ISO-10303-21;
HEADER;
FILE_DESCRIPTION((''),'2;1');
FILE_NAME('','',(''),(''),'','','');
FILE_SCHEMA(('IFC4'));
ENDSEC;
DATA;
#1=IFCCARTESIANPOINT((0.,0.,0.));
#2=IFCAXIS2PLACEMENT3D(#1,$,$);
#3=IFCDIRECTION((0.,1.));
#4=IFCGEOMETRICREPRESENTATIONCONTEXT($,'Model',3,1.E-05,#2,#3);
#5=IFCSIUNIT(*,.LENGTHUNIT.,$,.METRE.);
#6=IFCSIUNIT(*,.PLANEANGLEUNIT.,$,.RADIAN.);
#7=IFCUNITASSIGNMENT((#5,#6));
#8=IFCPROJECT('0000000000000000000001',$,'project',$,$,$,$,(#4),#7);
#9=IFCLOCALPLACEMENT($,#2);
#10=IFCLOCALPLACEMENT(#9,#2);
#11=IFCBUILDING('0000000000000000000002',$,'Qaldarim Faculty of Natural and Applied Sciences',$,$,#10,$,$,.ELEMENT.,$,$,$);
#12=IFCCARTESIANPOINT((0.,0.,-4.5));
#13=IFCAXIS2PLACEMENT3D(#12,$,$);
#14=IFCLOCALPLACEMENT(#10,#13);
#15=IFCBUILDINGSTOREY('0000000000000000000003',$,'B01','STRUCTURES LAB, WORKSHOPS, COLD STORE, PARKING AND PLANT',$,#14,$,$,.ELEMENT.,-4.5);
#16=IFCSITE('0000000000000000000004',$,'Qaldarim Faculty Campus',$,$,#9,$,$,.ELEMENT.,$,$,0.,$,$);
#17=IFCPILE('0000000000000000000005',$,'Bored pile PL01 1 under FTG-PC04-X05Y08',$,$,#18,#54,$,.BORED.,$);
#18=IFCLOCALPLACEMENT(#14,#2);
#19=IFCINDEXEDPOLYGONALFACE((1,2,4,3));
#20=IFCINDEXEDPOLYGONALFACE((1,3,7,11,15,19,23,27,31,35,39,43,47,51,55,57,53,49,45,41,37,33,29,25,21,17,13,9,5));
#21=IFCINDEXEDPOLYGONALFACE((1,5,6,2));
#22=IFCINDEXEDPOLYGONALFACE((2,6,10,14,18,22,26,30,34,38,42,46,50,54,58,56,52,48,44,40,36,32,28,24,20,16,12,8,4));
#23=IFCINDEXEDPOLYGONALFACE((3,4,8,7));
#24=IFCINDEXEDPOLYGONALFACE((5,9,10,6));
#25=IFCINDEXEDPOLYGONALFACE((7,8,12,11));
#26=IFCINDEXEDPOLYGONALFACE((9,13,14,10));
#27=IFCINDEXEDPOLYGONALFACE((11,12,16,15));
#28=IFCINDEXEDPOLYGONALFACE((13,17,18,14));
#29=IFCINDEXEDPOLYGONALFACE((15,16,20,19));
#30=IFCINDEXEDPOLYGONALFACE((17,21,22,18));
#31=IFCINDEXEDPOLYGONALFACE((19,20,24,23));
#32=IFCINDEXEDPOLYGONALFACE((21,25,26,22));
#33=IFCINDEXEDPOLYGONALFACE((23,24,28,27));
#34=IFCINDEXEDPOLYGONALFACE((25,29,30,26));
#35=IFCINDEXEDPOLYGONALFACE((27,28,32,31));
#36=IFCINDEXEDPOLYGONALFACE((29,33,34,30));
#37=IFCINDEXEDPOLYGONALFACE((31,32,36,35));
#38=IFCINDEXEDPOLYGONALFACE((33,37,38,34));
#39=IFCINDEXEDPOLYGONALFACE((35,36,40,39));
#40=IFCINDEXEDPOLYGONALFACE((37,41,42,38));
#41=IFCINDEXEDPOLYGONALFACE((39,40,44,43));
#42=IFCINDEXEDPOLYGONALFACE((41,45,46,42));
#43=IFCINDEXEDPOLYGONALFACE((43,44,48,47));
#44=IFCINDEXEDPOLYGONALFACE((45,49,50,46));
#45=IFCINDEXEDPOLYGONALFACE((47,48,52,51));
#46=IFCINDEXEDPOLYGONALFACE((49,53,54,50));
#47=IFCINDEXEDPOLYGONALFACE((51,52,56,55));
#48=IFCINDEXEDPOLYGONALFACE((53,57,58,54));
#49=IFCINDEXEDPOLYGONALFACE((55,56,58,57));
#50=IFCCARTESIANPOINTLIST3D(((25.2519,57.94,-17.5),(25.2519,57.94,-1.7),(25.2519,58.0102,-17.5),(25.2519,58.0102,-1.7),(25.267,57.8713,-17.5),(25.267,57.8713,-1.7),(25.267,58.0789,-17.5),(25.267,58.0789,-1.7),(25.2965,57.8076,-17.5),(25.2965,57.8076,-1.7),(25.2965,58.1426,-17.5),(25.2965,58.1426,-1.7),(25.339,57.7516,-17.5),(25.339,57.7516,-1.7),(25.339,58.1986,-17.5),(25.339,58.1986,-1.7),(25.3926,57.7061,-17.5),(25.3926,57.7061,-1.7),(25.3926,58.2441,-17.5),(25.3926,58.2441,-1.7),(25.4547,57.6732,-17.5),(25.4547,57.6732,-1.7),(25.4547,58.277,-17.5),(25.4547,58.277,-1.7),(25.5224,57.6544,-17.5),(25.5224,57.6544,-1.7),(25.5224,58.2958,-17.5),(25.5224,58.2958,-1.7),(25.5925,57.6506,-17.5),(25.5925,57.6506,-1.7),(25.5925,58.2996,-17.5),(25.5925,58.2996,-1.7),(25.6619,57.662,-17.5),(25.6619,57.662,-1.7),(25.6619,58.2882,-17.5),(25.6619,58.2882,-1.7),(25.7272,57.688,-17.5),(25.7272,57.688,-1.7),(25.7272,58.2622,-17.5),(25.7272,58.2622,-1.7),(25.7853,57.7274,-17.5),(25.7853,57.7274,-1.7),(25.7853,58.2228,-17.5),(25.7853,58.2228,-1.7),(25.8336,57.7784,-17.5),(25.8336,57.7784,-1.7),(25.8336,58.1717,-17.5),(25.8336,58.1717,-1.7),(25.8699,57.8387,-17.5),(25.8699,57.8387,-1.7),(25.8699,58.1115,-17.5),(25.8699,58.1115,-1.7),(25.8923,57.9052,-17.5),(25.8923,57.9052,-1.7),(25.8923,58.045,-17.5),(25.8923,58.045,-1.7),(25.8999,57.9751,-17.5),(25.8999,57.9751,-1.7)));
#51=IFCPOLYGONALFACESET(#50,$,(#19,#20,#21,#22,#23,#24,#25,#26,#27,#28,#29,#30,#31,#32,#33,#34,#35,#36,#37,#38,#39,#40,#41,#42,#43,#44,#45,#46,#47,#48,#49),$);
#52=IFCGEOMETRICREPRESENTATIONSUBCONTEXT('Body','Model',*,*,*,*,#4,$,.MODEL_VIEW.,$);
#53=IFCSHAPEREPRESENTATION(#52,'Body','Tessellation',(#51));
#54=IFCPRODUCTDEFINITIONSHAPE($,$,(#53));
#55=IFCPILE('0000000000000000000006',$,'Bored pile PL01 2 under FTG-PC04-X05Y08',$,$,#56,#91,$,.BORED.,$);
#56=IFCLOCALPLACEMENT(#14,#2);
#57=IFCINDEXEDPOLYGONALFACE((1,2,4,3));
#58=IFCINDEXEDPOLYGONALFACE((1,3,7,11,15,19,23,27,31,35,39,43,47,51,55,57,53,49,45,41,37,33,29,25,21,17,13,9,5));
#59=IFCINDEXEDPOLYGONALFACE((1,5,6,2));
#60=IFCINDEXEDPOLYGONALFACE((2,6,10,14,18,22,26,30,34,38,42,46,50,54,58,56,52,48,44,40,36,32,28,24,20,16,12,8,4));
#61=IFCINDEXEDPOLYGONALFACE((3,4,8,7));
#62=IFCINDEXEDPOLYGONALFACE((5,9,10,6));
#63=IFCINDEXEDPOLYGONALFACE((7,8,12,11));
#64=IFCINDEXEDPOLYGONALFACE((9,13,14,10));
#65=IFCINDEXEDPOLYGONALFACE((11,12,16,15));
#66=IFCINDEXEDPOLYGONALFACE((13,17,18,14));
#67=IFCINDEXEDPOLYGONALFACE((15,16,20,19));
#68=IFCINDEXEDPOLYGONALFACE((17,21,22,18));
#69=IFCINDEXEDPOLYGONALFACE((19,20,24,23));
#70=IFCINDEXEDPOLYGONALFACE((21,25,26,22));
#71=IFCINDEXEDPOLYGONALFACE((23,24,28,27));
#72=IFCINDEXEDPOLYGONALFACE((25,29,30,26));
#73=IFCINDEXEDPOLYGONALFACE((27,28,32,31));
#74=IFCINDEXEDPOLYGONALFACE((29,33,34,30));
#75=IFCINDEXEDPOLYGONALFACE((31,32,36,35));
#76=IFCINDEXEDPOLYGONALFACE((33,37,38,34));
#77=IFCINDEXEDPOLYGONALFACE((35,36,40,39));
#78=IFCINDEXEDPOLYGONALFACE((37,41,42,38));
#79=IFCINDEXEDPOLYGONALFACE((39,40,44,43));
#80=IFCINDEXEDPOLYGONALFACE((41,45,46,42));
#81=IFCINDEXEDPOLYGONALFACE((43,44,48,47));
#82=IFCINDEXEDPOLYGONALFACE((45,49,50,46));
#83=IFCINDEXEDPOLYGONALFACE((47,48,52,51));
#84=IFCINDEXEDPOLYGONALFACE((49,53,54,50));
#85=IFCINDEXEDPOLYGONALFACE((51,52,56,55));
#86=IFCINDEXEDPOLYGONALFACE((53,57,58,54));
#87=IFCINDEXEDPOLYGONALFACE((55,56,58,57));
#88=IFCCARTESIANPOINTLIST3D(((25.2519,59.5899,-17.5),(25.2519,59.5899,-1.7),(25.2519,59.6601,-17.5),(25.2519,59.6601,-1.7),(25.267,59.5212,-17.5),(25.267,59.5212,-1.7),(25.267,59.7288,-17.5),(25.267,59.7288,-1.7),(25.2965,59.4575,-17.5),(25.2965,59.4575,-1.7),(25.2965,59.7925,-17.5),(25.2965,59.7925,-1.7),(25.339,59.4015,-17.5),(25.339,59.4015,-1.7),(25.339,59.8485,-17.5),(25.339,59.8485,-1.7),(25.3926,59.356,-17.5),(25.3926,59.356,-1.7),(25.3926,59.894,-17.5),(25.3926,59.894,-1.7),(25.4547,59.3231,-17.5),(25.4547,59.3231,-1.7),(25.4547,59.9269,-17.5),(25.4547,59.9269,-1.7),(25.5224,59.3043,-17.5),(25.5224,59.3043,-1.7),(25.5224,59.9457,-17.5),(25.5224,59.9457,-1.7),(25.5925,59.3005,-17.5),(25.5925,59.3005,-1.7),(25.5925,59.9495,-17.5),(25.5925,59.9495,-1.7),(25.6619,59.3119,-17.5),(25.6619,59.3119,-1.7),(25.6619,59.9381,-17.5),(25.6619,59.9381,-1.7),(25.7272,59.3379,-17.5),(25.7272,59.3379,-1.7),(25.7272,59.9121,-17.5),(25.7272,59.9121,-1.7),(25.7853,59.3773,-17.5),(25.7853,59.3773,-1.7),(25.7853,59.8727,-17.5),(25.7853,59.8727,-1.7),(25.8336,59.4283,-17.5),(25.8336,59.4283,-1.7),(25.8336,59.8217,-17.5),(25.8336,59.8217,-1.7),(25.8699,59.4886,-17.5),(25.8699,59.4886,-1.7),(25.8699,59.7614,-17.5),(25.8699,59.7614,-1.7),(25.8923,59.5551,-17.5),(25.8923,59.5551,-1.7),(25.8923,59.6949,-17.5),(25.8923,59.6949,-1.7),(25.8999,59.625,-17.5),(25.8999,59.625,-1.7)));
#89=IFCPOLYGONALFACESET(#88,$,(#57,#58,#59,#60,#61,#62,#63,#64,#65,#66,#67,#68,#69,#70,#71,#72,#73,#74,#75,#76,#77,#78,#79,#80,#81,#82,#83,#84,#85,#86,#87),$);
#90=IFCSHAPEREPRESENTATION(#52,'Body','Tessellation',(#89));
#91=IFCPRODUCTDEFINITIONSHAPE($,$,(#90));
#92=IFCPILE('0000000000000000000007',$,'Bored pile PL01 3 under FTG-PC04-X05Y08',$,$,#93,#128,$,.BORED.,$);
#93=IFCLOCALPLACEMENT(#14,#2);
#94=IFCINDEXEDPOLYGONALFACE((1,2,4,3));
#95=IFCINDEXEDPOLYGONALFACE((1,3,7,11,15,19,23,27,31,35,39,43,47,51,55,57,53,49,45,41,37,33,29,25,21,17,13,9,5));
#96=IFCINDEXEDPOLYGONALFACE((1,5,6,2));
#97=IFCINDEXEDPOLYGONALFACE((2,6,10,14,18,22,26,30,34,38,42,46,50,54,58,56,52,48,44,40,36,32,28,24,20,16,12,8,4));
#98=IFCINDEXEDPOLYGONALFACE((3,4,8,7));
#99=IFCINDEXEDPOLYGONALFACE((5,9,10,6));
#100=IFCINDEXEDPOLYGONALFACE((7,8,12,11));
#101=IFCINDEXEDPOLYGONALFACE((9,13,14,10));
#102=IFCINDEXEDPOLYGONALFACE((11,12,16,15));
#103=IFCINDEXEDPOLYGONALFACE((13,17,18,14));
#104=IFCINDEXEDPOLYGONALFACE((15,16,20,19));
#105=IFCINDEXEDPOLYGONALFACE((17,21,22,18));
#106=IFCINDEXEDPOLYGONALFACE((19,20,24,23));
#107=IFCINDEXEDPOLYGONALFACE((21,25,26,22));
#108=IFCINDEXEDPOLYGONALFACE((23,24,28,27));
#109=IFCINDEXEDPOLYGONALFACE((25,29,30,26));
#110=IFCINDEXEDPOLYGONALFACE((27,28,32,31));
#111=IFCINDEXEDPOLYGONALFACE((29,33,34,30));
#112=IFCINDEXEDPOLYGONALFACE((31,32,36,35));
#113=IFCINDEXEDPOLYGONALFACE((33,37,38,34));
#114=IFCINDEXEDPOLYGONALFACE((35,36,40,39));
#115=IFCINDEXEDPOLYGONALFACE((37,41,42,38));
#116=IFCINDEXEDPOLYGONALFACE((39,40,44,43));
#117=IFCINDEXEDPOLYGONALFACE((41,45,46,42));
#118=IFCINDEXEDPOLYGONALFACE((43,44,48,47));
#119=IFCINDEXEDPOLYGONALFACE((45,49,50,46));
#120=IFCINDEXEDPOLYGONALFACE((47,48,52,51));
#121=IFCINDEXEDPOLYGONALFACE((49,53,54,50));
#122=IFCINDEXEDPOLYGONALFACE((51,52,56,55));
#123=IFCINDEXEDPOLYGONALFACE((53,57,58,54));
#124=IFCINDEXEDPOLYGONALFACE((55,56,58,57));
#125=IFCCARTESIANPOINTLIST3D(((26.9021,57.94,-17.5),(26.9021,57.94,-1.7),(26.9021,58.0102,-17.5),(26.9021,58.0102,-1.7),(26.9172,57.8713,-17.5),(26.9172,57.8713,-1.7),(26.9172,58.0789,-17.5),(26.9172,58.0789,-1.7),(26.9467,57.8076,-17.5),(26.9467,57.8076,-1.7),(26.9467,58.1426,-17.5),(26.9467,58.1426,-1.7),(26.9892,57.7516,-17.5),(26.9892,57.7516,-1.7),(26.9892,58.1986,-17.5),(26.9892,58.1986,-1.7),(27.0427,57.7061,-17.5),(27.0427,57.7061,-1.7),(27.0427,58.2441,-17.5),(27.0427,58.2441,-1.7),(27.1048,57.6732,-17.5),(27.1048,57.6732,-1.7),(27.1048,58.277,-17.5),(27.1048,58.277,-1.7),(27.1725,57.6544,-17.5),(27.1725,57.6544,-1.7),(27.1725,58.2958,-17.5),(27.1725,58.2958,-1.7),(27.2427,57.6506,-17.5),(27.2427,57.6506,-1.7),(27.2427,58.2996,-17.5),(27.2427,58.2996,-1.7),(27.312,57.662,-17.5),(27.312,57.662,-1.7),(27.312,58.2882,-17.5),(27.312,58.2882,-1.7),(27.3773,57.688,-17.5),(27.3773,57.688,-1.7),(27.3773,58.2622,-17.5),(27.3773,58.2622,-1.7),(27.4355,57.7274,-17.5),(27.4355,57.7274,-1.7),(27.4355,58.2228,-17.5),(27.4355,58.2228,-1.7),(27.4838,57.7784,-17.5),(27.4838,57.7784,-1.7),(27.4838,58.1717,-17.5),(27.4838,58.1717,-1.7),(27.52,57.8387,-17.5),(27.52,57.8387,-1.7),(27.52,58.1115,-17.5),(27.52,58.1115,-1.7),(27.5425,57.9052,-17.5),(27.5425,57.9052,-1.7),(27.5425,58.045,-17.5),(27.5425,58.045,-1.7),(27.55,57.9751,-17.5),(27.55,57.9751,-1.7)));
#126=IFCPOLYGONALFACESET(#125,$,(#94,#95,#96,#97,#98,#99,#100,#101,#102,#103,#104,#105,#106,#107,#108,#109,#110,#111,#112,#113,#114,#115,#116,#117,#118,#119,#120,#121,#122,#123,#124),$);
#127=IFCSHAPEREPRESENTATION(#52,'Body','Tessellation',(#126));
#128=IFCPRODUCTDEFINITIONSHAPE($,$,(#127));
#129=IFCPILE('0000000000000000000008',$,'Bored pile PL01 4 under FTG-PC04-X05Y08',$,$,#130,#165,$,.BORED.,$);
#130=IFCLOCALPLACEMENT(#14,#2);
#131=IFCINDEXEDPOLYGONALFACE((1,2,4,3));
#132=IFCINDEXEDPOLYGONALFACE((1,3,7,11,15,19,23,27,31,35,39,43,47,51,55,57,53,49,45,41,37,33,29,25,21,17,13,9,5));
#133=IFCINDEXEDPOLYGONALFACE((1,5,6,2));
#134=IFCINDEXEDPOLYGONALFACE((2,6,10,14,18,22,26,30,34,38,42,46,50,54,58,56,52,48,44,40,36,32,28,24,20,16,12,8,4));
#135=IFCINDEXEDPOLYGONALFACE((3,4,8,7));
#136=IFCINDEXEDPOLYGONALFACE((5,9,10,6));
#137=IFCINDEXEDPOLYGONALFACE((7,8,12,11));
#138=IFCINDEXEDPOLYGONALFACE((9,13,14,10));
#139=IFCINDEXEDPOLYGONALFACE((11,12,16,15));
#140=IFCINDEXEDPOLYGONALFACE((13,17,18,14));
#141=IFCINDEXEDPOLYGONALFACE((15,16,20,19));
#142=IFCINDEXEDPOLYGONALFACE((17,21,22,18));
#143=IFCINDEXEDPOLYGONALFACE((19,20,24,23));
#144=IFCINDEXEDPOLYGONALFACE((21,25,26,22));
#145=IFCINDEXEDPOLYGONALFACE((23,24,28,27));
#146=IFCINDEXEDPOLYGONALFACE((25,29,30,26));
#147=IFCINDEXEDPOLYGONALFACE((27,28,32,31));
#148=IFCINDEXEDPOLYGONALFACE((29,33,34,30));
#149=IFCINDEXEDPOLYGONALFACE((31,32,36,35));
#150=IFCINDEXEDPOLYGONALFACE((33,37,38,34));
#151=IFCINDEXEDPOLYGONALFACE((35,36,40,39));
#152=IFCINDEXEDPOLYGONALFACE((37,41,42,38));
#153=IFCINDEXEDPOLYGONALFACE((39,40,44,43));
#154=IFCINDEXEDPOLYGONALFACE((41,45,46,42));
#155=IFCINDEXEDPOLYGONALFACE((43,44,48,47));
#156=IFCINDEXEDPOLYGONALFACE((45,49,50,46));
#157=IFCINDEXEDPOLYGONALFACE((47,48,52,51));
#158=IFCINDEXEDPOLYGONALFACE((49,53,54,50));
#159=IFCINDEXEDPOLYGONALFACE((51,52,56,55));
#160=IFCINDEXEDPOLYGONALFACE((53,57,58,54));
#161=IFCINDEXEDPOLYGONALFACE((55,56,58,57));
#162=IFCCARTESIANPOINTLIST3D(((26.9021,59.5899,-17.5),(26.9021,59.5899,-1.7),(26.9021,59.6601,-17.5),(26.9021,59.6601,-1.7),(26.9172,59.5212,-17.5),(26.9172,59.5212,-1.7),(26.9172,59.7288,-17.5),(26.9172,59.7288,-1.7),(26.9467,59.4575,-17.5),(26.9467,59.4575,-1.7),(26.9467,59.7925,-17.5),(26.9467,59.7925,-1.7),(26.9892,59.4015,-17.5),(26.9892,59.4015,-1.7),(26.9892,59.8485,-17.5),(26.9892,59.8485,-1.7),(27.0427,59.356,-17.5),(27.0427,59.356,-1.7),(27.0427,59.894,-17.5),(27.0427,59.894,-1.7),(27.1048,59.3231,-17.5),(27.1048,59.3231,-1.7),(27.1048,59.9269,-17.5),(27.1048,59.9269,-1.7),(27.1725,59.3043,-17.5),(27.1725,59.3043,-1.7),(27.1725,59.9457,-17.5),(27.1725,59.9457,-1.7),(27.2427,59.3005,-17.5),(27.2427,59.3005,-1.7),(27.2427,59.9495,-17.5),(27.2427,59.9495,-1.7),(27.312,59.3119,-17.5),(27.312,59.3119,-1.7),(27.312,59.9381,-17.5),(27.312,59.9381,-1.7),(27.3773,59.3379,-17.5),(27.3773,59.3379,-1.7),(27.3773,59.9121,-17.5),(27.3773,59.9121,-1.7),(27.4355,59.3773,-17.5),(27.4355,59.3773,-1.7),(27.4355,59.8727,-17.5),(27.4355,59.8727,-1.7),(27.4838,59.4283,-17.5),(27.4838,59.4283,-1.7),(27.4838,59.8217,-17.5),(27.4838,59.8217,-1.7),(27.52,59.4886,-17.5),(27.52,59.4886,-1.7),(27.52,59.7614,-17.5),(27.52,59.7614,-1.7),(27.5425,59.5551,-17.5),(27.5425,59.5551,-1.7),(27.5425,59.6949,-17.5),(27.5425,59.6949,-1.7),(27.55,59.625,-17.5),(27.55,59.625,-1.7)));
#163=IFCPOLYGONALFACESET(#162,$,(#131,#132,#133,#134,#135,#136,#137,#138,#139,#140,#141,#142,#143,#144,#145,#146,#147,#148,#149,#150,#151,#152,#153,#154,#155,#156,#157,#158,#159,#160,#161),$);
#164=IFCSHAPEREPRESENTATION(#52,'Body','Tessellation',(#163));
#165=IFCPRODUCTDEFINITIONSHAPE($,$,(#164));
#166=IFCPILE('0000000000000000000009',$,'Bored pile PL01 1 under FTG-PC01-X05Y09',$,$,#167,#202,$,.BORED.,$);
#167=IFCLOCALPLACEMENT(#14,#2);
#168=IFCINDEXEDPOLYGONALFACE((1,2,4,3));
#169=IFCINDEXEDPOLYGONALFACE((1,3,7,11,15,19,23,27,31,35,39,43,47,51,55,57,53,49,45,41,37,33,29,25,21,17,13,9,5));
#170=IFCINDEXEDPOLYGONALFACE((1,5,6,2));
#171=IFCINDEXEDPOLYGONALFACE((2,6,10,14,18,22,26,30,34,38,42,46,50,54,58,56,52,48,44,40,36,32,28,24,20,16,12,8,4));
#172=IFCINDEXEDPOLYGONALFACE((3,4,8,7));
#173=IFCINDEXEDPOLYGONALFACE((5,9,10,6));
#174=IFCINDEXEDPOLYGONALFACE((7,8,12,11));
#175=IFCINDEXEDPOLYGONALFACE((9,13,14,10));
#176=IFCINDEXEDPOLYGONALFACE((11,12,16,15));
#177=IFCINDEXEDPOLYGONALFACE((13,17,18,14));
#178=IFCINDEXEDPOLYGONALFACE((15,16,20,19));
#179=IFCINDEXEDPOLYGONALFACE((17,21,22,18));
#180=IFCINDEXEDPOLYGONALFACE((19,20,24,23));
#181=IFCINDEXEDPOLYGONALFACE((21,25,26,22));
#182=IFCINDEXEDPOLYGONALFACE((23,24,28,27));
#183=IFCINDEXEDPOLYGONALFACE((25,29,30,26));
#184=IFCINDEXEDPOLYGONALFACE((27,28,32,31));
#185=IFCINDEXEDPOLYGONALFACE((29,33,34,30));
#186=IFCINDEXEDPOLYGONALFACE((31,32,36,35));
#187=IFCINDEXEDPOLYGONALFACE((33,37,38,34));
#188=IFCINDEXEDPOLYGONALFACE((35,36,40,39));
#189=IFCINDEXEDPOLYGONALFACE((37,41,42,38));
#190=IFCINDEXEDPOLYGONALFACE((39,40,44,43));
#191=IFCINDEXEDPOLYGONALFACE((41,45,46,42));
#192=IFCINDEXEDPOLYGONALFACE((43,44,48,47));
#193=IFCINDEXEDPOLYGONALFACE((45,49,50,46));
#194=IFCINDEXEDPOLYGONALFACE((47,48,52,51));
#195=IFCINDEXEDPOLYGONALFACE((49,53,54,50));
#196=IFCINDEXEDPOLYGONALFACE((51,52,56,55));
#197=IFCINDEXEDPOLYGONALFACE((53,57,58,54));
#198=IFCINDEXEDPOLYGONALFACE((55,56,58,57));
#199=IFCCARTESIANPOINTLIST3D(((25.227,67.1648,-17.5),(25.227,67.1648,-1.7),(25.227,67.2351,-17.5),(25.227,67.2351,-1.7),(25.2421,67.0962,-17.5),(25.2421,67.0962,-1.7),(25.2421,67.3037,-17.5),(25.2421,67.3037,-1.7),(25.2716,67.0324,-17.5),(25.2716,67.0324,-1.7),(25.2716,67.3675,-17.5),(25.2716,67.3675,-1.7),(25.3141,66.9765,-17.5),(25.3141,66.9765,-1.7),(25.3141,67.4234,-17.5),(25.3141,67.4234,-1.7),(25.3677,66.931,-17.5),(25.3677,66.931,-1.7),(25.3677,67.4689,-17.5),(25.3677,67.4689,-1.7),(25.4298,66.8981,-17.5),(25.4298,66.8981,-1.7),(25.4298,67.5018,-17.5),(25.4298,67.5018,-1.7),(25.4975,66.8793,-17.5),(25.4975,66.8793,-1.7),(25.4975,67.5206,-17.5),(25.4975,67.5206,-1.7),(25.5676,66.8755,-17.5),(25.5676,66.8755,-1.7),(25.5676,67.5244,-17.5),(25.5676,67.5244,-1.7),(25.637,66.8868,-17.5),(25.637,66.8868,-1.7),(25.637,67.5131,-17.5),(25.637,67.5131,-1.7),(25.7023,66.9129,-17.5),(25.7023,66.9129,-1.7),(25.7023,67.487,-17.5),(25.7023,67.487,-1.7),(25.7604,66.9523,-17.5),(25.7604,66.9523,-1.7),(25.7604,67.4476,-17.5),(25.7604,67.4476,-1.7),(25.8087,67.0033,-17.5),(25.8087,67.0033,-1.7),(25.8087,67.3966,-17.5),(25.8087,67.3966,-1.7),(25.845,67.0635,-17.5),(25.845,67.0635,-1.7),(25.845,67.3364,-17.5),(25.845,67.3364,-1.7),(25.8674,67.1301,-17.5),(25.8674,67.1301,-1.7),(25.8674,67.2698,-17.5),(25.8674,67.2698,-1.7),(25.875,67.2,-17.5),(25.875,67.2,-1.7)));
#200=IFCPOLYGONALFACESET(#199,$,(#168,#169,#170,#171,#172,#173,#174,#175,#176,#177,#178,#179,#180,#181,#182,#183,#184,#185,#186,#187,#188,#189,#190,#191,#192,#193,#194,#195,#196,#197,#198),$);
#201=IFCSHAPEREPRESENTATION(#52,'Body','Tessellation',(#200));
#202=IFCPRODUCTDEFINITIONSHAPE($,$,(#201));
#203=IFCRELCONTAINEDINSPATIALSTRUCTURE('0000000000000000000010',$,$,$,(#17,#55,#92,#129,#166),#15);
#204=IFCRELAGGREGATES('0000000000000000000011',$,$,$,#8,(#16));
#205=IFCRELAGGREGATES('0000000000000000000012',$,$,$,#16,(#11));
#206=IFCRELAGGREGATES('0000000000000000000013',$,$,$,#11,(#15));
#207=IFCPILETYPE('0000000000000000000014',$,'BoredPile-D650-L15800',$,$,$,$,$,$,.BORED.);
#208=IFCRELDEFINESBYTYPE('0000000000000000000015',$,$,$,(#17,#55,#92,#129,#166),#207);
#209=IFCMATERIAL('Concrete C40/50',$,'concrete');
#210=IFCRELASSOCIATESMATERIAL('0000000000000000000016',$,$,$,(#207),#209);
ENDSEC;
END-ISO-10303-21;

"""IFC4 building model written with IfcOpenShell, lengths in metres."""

from ifc_helpers import new_model, si_unit, direction, frame, origin, origin_2d, place, context, subcontext, project, spatial, circle, extrude, material, material_profile, profile_set, type_object, element, save


model = new_model("IFC4")

# Units and contexts
model_context = context("Model", 3, precision=1e-05, world=origin(), true_north=direction((0.0, 1.0)))
body_context = subcontext(model_context, "Body", "Model", "MODEL_VIEW")
ifc_project = project(units=[si_unit("LENGTHUNIT", "METRE"), si_unit("PLANEANGLEUNIT", "RADIAN")], contexts=[model_context])

# Site, building, storey
site_placement = place(None, origin())
site = spatial("IfcSite", under=ifc_project, at=site_placement, Name="Qaldarim Faculty Campus", CompositionType="ELEMENT", RefElevation=0.0)
building_placement = place(site_placement, origin())
building = spatial("IfcBuilding", under=site, at=building_placement, Name="Qaldarim Faculty of Natural and Applied Sciences", CompositionType="ELEMENT")
storey_placement = place(building_placement, frame((0.0, 0.0, -4.5)))
storey = spatial("IfcBuildingStorey", under=building, at=storey_placement, Name="B01", Description="STRUCTURES LAB, WORKSHOPS, COLD STORE, PARKING AND PLANT", CompositionType="ELEMENT", Elevation=-4.5)

# Piles
ifc_material_1 = material(Name="Concrete C40/50", Category="concrete")
ifc_material_profile_1 = material_profile(ifc_material_1, circle(Radius=0.325, at=origin_2d()), Name="PILE-D650")
ifc_profile_set_1 = profile_set([ifc_material_profile_1], Name="Concrete C40/50")
pile_type_1 = type_object("IfcPileType", Name="BoredPile-D650-L15800", PredefinedType="BORED", material=ifc_profile_set_1)
for number, where, z_axis, x_axis, name in (
    (1, (25.575, 57.9751, -1.7), (0.0, 0.0, -1.0), (1.0, 0.0, 0.0), "Bored pile PL01 1 under FTG-PC04-X05Y08"),
    (2, (25.575, 59.625, -1.7), (0.0, 0.0, -1.0), (1.0, 0.0, 0.0), "Bored pile PL01 2 under FTG-PC04-X05Y08"),
    (3, (27.2251, 57.9751, -1.7), (0.0, 0.0, -1.0), (1.0, 0.0, 0.0), "Bored pile PL01 3 under FTG-PC04-X05Y08"),
    (4, (27.2251, 59.625, -1.7), (0.0, 0.0, -1.0), (1.0, 0.0, 0.0), "Bored pile PL01 4 under FTG-PC04-X05Y08"),
    (5, (25.55, 67.2, -1.7), (0.0, 0.0, -1.0), (1.0, 0.0, 0.0), "Bored pile PL01 1 under FTG-PC01-X05Y09"),
):
    element("IfcPile", number, at=place(storey_placement, frame(where, z_axis=z_axis, x_axis=x_axis)), inside=storey, type_object=pile_type_1, Name=name, PredefinedType="BORED", context=body_context, shape_type="SweptSolid", body=[
        extrude(circle(Radius=0.325, at=origin_2d()), origin(), (0.0, 0.0, 1.0), 15.8),
    ])

save(model, "model.ifc")
